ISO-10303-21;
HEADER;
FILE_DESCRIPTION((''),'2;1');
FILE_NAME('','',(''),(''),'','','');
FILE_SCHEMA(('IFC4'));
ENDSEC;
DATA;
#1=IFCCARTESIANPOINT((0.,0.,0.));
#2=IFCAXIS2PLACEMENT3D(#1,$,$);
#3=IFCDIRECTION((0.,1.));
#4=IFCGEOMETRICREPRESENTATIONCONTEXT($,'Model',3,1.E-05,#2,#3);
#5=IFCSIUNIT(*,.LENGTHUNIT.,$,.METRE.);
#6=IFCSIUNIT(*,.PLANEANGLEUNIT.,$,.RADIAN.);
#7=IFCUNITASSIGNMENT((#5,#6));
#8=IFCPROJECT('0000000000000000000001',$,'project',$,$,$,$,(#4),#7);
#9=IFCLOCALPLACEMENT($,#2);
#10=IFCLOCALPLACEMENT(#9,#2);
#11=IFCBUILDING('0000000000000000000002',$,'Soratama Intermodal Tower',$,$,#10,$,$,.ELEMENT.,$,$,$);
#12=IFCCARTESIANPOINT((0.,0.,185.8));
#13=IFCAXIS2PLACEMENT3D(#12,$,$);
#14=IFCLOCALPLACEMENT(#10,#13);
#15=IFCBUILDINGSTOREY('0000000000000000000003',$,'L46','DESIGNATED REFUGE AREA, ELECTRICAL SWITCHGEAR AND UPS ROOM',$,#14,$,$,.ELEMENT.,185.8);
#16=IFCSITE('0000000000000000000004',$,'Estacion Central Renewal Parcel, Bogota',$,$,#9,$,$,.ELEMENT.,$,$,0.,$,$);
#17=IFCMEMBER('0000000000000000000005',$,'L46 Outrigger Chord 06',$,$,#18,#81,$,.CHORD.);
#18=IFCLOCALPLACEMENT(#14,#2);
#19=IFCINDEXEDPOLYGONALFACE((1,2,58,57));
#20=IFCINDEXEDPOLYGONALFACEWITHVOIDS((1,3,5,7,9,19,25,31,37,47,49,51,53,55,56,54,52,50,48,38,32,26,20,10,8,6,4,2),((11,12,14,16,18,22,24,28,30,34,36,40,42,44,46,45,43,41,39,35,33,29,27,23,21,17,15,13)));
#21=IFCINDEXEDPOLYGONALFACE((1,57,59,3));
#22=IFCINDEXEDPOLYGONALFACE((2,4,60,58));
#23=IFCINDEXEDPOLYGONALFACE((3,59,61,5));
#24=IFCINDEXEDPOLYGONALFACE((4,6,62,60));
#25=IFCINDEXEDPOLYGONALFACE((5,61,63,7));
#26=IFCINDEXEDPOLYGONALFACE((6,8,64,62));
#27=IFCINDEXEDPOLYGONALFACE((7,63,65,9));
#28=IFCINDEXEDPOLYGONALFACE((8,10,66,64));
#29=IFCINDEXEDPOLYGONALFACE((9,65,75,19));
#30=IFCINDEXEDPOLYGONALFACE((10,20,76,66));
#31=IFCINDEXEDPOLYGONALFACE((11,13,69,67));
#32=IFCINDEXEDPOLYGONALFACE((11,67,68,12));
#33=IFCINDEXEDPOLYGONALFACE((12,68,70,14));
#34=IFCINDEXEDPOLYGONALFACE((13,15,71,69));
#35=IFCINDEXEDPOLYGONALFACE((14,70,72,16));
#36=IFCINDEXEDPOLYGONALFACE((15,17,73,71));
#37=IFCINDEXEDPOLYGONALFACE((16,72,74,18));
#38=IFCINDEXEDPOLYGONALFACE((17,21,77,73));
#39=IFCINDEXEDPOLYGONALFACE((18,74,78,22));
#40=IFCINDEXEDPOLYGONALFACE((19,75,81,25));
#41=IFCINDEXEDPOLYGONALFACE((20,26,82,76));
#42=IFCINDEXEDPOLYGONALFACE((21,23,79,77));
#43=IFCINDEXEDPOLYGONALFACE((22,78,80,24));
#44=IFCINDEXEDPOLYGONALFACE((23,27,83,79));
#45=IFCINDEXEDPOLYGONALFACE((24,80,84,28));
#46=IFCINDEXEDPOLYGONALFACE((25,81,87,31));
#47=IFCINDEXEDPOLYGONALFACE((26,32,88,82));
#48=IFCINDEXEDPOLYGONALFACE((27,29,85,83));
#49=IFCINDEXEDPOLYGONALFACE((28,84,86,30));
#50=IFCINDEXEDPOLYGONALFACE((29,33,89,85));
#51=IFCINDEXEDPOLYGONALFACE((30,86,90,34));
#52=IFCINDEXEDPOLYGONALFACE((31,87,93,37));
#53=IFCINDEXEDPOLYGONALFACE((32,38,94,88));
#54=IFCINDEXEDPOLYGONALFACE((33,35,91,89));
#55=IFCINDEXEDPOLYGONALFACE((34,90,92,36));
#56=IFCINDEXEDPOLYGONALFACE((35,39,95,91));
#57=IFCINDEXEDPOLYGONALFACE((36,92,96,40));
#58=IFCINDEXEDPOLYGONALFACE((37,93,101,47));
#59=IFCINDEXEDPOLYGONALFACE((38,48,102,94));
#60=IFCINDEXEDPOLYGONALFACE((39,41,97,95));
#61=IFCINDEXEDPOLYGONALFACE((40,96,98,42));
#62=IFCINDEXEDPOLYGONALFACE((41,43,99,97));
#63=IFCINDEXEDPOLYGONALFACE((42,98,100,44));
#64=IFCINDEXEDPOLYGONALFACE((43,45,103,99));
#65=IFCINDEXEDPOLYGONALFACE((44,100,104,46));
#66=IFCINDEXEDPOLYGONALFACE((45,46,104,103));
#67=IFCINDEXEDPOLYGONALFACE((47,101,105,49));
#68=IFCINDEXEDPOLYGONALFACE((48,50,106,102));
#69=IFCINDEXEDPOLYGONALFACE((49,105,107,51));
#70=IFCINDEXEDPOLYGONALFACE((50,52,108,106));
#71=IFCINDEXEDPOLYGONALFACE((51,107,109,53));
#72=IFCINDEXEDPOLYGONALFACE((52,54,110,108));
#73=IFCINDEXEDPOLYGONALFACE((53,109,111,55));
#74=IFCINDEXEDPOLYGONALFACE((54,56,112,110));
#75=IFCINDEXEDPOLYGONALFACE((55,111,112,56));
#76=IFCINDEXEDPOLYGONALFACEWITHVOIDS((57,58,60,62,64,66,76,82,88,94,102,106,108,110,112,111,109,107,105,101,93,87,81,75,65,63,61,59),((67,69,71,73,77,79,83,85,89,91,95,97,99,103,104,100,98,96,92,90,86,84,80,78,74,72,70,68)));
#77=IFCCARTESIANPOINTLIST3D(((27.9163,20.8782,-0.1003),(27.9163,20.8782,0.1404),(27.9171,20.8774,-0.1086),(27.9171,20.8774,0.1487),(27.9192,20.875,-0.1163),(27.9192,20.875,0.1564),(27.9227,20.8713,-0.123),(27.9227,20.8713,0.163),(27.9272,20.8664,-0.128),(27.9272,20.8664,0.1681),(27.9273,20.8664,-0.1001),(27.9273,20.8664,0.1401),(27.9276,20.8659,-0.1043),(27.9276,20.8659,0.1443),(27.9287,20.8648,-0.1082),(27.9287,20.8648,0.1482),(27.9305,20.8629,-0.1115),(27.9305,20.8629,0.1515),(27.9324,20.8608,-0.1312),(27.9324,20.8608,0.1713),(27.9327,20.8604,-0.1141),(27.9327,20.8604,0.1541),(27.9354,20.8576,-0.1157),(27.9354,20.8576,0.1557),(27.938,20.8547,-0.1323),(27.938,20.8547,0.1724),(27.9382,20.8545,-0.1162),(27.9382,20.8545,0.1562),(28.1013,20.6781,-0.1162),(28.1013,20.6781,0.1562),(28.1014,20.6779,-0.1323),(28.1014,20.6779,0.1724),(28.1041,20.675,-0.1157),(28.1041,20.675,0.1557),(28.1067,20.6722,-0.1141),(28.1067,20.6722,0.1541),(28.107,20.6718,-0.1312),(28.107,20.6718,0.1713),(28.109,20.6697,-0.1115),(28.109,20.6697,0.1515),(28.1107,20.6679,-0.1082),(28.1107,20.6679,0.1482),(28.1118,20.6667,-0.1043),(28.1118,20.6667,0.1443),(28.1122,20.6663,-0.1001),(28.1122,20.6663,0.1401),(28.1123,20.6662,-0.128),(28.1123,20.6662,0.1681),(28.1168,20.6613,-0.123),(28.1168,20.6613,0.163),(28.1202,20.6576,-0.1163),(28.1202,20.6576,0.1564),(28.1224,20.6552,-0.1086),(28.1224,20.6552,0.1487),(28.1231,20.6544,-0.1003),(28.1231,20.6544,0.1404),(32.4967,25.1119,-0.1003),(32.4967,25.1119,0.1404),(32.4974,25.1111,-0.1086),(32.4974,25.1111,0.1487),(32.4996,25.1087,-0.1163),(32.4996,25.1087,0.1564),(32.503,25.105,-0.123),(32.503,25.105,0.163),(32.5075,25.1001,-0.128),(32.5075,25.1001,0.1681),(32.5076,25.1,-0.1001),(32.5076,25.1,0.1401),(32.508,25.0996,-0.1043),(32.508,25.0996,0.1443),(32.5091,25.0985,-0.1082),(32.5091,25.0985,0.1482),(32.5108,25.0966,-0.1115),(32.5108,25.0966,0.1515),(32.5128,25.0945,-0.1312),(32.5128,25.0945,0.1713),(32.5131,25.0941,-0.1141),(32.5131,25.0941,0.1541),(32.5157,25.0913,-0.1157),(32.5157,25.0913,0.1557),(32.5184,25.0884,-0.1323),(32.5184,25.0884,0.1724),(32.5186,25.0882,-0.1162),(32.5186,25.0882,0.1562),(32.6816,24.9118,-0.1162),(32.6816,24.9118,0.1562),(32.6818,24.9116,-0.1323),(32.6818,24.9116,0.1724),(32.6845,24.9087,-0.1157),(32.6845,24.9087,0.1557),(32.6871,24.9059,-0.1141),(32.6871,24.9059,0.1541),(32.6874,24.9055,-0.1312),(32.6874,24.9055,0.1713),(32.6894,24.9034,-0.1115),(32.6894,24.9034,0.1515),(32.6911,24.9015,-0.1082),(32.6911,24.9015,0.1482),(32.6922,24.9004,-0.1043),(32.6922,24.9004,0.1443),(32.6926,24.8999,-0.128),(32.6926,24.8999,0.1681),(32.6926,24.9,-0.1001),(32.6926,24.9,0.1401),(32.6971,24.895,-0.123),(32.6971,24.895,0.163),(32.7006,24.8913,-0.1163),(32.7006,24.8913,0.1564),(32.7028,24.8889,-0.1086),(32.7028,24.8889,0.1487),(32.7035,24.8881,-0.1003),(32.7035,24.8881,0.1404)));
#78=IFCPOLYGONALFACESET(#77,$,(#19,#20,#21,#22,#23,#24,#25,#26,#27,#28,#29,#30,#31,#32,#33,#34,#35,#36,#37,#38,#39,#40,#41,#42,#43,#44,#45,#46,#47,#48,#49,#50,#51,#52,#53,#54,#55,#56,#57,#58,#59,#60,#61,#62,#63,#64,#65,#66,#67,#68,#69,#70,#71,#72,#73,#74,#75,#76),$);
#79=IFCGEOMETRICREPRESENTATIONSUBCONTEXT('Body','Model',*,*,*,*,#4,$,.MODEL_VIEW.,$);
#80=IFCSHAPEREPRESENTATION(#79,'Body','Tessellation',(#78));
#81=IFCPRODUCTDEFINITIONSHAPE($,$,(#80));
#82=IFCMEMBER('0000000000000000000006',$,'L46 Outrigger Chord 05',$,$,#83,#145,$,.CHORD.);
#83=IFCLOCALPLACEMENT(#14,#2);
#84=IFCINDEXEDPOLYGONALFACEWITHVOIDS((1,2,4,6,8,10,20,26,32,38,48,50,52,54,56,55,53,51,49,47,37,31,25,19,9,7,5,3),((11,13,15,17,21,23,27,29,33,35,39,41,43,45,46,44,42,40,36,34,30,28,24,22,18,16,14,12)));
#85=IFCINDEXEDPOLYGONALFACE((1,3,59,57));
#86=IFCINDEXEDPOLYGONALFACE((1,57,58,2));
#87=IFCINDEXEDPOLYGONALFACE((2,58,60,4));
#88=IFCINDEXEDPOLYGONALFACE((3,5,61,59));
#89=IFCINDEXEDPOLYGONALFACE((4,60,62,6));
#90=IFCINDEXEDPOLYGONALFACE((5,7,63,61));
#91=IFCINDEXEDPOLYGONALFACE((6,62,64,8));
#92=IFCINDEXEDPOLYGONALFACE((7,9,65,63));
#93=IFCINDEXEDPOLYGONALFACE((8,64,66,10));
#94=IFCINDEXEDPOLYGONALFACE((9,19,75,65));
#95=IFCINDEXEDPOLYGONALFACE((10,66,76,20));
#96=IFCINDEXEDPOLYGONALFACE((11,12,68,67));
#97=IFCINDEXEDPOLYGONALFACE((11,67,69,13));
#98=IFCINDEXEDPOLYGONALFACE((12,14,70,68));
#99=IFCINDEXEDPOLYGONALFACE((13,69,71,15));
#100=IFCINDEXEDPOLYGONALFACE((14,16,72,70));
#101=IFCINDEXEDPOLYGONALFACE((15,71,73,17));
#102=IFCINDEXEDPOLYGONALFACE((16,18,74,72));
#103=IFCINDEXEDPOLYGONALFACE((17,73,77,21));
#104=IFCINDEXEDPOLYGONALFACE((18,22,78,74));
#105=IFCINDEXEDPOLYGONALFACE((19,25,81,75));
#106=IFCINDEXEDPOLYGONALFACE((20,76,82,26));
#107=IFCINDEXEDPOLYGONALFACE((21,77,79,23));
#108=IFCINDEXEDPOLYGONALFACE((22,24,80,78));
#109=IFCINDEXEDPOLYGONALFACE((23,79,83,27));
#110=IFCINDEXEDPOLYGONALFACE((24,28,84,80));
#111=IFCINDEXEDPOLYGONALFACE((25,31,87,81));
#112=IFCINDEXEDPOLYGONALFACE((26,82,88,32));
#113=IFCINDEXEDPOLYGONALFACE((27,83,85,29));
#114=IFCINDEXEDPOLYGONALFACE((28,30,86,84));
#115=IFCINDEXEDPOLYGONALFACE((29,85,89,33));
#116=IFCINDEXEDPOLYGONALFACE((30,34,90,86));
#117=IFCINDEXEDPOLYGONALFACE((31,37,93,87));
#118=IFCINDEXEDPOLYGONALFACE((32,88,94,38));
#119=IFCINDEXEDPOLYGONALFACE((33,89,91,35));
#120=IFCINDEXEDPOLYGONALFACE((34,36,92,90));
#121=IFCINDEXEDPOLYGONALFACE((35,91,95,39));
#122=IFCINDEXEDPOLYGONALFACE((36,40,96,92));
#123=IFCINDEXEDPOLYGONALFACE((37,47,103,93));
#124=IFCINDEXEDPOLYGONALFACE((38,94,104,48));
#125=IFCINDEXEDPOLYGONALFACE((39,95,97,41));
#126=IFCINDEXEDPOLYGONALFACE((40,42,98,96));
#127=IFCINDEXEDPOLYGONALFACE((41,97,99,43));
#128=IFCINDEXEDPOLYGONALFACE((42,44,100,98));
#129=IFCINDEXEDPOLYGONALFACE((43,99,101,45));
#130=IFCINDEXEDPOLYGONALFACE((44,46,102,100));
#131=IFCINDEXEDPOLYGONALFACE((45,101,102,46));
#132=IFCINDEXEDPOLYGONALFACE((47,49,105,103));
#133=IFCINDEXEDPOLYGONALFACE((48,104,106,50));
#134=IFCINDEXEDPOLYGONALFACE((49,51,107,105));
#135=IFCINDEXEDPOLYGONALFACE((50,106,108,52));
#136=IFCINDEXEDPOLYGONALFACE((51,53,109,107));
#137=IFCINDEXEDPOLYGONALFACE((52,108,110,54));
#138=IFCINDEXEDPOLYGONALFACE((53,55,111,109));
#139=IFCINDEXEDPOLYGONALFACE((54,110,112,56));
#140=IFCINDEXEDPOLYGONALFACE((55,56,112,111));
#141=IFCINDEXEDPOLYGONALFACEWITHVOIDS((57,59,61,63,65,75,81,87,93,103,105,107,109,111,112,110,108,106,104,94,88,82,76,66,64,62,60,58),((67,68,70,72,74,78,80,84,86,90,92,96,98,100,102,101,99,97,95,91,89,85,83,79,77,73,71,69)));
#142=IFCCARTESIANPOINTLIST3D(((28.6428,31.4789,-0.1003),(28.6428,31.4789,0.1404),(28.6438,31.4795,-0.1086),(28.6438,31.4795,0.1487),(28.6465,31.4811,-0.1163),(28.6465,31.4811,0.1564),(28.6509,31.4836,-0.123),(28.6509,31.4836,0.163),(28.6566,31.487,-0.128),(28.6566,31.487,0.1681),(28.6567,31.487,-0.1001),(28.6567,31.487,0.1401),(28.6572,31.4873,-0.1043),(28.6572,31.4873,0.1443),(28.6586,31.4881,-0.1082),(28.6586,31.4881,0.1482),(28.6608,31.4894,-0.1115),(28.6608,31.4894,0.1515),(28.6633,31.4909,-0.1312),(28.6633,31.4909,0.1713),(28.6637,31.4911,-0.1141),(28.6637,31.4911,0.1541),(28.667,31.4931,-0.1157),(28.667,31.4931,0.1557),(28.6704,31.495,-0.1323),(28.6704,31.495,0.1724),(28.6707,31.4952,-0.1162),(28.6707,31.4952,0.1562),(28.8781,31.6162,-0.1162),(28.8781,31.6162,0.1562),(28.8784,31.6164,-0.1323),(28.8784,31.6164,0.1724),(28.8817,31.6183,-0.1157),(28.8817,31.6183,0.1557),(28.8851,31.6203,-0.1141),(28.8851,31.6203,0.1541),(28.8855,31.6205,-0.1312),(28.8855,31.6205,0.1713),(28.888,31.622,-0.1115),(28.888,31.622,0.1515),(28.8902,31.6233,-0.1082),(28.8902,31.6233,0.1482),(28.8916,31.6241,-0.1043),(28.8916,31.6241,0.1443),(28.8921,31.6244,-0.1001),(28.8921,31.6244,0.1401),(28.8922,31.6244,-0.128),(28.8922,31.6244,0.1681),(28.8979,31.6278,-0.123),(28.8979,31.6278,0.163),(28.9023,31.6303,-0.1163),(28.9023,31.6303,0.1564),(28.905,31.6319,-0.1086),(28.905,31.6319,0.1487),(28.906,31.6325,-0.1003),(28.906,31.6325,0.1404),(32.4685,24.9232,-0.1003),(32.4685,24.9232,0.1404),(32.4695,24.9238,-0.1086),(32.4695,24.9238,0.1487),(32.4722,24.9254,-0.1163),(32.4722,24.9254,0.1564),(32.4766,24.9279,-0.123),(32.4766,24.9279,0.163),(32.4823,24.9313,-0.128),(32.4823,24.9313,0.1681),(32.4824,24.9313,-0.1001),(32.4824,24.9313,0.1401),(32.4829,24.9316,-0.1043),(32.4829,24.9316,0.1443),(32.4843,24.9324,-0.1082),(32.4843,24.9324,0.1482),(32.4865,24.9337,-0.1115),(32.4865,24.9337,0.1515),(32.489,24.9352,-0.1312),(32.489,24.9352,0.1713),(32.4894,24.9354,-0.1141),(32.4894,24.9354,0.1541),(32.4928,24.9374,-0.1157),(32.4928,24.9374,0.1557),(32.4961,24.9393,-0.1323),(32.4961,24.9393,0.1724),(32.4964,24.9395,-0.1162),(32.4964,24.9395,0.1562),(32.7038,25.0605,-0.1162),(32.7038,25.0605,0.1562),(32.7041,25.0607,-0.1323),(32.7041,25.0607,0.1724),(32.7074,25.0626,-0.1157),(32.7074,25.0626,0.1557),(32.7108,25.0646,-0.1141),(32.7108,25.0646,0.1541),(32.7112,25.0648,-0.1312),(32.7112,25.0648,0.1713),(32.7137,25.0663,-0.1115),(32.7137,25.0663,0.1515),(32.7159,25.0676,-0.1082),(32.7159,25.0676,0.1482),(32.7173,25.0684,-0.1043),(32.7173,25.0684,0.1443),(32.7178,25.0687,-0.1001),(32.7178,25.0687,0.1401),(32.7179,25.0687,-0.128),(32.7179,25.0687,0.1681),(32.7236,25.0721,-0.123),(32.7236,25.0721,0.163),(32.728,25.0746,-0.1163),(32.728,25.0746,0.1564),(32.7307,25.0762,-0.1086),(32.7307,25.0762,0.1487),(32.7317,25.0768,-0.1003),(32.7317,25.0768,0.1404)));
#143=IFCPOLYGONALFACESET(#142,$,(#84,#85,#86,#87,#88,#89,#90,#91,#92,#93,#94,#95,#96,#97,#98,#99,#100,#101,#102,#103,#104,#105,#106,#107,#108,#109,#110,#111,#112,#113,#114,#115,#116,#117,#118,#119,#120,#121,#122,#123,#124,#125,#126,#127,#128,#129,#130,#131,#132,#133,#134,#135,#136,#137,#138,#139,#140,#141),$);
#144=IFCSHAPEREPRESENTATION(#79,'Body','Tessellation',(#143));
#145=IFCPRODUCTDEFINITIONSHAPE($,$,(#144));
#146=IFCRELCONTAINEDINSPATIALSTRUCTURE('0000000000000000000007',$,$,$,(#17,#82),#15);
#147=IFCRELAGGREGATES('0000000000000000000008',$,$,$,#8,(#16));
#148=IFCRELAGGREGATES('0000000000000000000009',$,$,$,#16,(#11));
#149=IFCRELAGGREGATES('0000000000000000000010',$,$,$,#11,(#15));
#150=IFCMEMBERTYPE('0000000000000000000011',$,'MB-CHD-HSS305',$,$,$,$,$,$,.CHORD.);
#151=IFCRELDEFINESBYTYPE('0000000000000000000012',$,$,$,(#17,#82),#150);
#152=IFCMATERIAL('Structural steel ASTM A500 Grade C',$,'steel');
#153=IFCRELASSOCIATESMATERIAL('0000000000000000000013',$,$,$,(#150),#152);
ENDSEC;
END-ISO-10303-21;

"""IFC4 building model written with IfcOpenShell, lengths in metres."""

from ifc_helpers import new_model, si_unit, direction, frame, origin, origin_2d, place, context, subcontext, project, spatial, hollow_rectangle, extrude, material, material_profile, profile_set, type_object, element, save


model = new_model("IFC4")

# Units and contexts
model_context = context("Model", 3, precision=1e-05, world=origin(), true_north=direction((0.0, 1.0)))
body_context = subcontext(model_context, "Body", "Model", "MODEL_VIEW")
ifc_project = project(units=[si_unit("LENGTHUNIT", "METRE"), si_unit("PLANEANGLEUNIT", "RADIAN")], contexts=[model_context])

# Site, building, storey
site_placement = place(None, origin())
site = spatial("IfcSite", under=ifc_project, at=site_placement, Name="Estacion Central Renewal Parcel, Bogota", CompositionType="ELEMENT", RefElevation=0.0)
building_placement = place(site_placement, origin())
building = spatial("IfcBuilding", under=site, at=building_placement, Name="Soratama Intermodal Tower", CompositionType="ELEMENT")
storey_placement = place(building_placement, frame((0.0, 0.0, 185.8)))
storey = spatial("IfcBuildingStorey", under=building, at=storey_placement, Name="L46", Description="DESIGNATED REFUGE AREA, ELECTRICAL SWITCHGEAR AND UPS ROOM", CompositionType="ELEMENT", Elevation=185.8)

# Members
ifc_material_1 = material(Name="Structural steel ASTM A500 Grade C", Category="steel")
ifc_material_profile_1 = material_profile(ifc_material_1, hollow_rectangle(XDim=0.3047, YDim=0.3047, WallThickness=0.0161, InnerFilletRadius=0.0161, OuterFilletRadius=0.032, at=origin_2d()), Name="HSS305X305X16")
ifc_profile_set_1 = profile_set([ifc_material_profile_1], Name="Structural steel ASTM A500 Grade C")
member_type_1 = type_object("IfcMemberType", Name="MB-CHD-HSS305", PredefinedType="CHORD", material=ifc_profile_set_1)
member_1_placement = place(storey_placement, frame((32.6001, 25.0, 0.02), z_axis=(-0.734352, -0.678769, 0.0), x_axis=(0.678769, -0.734352, 0.0)))
element("IfcMember", 1, at=member_1_placement, inside=storey, type_object=member_type_1, Name="L46 Outrigger Chord 06", PredefinedType="CHORD", context=body_context, shape_type="SweptSolid", body=[
    extrude(hollow_rectangle(XDim=0.3047, YDim=0.3047, WallThickness=0.0161, InnerFilletRadius=0.0161, OuterFilletRadius=0.032, at=origin_2d()), origin(), (0.0, 0.0, 1.0), 6.2373),
])
member_2_placement = place(storey_placement, frame((32.6001, 25.0, 0.02), z_axis=(-0.504023, 0.86369, 0.0), x_axis=(-0.86369, -0.504023, 0.0)))
element("IfcMember", 2, at=member_2_placement, inside=storey, type_object=member_type_1, Name="L46 Outrigger Chord 05", PredefinedType="CHORD", context=body_context, shape_type="SweptSolid", body=[
    extrude(hollow_rectangle(XDim=0.3047, YDim=0.3047, WallThickness=0.0161, InnerFilletRadius=0.0161, OuterFilletRadius=0.032, at=origin_2d()), origin(), (0.0, 0.0, 1.0), 7.5903),
])

save(model, "model.ifc")
